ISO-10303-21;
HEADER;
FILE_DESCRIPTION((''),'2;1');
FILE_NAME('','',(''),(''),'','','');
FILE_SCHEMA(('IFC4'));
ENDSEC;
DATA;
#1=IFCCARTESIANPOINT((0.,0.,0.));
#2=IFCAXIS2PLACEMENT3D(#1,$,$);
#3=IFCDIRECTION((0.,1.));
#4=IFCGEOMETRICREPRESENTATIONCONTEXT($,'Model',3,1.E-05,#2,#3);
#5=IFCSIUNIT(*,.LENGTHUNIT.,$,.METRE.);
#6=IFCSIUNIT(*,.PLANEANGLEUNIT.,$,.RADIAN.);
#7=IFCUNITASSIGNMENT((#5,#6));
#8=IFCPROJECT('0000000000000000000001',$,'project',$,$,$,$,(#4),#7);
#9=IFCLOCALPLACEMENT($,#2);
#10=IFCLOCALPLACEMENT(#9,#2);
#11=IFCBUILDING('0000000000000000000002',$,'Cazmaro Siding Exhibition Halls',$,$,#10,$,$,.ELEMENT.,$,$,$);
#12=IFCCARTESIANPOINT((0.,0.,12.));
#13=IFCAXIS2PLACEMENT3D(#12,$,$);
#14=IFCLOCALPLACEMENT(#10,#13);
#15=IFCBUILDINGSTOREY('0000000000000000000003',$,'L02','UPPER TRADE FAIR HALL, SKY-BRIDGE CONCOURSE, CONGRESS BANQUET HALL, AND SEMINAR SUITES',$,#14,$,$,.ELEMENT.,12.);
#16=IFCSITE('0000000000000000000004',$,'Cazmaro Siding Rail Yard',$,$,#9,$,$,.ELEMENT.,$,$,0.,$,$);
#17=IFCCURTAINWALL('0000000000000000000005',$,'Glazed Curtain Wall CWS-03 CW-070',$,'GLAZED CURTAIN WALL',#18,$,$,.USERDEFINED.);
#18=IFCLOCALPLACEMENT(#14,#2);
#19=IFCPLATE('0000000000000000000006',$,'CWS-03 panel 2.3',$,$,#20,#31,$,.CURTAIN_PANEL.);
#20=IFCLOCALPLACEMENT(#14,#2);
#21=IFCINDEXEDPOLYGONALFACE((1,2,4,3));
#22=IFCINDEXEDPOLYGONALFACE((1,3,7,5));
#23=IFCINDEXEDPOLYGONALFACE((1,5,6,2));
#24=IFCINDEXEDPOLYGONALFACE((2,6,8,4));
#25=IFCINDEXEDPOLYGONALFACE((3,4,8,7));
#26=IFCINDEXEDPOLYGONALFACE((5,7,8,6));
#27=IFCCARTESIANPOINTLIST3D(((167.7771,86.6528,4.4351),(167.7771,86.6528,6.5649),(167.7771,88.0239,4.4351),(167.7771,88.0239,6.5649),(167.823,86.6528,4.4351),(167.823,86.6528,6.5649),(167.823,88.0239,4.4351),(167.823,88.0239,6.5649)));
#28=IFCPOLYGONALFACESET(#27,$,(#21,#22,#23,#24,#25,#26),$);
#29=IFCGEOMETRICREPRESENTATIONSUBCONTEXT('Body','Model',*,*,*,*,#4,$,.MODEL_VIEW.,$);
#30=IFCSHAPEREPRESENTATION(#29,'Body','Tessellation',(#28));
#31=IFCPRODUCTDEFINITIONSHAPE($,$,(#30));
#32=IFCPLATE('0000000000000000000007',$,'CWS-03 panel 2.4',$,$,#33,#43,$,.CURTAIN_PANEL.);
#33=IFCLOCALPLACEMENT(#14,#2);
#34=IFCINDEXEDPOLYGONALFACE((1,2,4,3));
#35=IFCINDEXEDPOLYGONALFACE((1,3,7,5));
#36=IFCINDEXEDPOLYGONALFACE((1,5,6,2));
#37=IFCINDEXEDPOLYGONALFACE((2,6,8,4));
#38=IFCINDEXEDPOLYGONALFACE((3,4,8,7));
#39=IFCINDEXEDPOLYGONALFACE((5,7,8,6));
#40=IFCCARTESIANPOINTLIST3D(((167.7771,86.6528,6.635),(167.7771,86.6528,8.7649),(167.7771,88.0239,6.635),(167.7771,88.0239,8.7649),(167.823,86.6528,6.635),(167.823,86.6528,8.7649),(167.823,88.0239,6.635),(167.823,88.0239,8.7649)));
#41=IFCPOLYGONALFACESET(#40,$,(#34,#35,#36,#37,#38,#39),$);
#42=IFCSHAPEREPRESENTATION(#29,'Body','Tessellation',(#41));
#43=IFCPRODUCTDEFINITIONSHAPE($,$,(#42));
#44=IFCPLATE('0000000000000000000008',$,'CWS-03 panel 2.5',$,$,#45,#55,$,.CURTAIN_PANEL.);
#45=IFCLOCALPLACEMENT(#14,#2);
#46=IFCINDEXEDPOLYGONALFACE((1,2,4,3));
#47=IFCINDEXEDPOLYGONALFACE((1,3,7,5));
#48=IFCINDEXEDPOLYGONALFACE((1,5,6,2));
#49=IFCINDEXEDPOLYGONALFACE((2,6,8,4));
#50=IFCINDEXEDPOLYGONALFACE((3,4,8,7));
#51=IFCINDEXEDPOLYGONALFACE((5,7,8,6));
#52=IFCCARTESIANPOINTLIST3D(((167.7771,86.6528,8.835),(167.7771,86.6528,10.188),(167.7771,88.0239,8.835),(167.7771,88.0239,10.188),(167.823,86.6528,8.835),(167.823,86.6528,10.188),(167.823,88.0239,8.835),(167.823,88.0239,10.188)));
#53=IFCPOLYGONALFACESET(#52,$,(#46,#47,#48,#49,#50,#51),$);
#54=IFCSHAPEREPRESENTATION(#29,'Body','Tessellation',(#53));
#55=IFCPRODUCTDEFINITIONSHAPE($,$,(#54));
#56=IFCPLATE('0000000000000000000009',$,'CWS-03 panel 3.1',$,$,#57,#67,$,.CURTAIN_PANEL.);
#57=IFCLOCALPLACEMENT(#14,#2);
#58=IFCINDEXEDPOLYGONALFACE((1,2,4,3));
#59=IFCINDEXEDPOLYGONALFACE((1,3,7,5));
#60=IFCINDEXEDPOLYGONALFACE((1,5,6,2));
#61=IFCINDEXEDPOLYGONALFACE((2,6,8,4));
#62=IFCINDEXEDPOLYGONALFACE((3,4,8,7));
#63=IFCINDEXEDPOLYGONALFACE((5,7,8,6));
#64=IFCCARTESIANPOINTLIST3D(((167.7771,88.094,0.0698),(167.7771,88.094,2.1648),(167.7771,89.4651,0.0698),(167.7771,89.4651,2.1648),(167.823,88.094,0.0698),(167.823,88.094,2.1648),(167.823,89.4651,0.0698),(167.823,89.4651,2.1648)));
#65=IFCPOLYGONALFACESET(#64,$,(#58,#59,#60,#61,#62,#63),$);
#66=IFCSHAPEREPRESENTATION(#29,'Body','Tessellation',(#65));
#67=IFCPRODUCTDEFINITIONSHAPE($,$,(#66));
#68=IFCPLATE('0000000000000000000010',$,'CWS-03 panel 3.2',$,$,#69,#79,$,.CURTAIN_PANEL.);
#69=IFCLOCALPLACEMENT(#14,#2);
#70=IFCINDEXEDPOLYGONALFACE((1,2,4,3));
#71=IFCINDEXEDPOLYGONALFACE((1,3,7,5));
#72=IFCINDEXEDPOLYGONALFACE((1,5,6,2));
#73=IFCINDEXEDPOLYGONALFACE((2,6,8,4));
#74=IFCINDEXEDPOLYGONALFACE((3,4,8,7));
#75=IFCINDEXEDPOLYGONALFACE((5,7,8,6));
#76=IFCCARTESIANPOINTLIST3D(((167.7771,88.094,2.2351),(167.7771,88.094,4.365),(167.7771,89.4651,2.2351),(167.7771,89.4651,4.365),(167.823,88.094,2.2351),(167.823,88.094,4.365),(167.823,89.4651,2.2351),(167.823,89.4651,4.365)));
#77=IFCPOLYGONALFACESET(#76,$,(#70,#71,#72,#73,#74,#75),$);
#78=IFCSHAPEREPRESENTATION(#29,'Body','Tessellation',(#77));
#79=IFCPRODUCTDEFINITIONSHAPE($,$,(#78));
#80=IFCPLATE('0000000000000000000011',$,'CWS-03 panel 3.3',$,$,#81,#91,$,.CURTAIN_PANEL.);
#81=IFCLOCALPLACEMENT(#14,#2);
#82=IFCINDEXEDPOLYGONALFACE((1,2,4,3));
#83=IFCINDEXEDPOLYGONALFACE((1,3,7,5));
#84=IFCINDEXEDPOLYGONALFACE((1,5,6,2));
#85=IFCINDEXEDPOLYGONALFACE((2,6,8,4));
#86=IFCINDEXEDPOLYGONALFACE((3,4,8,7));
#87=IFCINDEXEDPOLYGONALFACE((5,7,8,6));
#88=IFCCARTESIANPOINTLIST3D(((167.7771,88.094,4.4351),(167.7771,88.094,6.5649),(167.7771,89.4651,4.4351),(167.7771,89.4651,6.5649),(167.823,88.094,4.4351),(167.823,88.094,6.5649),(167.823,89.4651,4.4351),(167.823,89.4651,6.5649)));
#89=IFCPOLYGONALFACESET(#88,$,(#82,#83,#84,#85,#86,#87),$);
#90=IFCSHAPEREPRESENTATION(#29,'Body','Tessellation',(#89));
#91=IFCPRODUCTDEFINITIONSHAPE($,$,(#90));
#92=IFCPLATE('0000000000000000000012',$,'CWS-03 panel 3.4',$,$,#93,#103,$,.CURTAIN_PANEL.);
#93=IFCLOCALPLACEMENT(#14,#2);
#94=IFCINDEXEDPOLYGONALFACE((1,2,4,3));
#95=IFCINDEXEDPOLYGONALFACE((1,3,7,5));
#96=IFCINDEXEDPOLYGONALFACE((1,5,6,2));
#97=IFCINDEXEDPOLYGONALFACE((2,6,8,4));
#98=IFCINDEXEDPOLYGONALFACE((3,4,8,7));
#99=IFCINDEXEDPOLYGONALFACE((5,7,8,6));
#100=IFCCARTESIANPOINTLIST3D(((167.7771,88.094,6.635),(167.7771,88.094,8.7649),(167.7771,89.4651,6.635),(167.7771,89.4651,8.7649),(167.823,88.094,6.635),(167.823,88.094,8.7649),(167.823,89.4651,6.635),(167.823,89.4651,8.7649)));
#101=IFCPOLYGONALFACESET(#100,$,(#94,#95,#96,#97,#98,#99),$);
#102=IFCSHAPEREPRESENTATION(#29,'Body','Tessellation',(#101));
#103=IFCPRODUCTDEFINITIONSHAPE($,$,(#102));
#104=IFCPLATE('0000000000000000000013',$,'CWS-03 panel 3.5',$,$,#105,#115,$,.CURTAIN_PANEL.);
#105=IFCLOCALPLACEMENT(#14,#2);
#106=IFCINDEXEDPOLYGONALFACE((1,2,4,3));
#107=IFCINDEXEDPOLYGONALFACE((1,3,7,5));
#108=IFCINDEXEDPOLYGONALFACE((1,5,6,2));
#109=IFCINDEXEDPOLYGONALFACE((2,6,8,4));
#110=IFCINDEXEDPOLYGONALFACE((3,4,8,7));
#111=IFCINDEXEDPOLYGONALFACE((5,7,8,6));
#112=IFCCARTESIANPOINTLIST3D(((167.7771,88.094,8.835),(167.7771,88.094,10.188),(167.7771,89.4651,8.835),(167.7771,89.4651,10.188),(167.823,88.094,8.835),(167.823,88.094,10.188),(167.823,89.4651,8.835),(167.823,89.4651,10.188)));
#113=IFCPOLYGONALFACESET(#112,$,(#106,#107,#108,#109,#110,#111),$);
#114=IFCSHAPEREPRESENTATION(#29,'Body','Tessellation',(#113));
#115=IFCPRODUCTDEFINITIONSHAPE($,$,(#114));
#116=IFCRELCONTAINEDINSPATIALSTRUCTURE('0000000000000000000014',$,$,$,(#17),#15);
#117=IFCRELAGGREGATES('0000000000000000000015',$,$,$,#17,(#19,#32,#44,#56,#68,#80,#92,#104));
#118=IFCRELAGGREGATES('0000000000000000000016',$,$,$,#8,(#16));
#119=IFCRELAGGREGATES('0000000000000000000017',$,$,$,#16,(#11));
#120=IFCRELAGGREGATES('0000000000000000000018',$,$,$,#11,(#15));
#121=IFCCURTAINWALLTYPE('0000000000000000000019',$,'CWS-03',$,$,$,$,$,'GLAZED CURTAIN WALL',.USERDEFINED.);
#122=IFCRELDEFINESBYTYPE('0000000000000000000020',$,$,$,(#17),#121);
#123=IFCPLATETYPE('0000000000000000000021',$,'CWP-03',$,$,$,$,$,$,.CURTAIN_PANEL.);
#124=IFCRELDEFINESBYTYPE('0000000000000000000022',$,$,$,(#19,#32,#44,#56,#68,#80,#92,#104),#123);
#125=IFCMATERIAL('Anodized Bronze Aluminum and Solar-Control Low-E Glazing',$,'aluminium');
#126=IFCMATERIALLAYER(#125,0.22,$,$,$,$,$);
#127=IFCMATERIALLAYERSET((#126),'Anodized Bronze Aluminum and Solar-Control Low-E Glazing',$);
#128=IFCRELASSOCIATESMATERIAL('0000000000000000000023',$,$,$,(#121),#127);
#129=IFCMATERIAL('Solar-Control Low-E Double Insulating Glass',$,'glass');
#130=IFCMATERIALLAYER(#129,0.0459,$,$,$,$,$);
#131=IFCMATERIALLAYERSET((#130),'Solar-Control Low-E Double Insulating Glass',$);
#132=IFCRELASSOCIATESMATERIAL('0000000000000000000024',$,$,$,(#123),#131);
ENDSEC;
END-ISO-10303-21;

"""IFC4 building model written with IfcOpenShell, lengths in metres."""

from ifc_helpers import new_model, si_unit, direction, frame, origin, origin_2d, place, context, subcontext, project, spatial, rectangle, extrude, material, layer, layer_set, type_object, element, aggregate, save


model = new_model("IFC4")

# Units and contexts
model_context = context("Model", 3, precision=1e-05, world=origin(), true_north=direction((0.0, 1.0)))
body_context = subcontext(model_context, "Body", "Model", "MODEL_VIEW")
ifc_project = project(units=[si_unit("LENGTHUNIT", "METRE"), si_unit("PLANEANGLEUNIT", "RADIAN")], contexts=[model_context])

# Site, building, storey
site_placement = place(None, origin())
site = spatial("IfcSite", under=ifc_project, at=site_placement, Name="Cazmaro Siding Rail Yard", CompositionType="ELEMENT", RefElevation=0.0)
building_placement = place(site_placement, origin())
building = spatial("IfcBuilding", under=site, at=building_placement, Name="Cazmaro Siding Exhibition Halls", CompositionType="ELEMENT")
storey_placement = place(building_placement, frame((0.0, 0.0, 12.0)))
storey = spatial("IfcBuildingStorey", under=building, at=storey_placement, Name="L02", Description="UPPER TRADE FAIR HALL, SKY-BRIDGE CONCOURSE, CONGRESS BANQUET HALL, AND SEMINAR SUITES", CompositionType="ELEMENT", Elevation=12.0)

# Curtain wall, plates
ifc_material_1 = material(Name="Anodized Bronze Aluminum and Solar-Control Low-E Glazing", Category="aluminium")
ifc_layer_1 = layer(ifc_material_1, 0.22)
ifc_layer_set_1 = layer_set([ifc_layer_1], Name="Anodized Bronze Aluminum and Solar-Control Low-E Glazing")
curtain_wall_type = type_object("IfcCurtainWallType", Name="CWS-03", ElementType="GLAZED CURTAIN WALL", PredefinedType="USERDEFINED", material=ifc_layer_set_1)
curtain_wall_placement = place(storey_placement, origin())
curtain_wall = element("IfcCurtainWall", 1, at=curtain_wall_placement, inside=storey, type_object=curtain_wall_type, Name="Glazed Curtain Wall CWS-03 CW-070", ObjectType="GLAZED CURTAIN WALL", PredefinedType="USERDEFINED")
ifc_material_2 = material(Name="Solar-Control Low-E Double Insulating Glass", Category="glass")
ifc_layer_2 = layer(ifc_material_2, 0.0459)
ifc_layer_set_2 = layer_set([ifc_layer_2], Name="Solar-Control Low-E Double Insulating Glass")
plate_type = type_object("IfcPlateType", Name="CWP-03", PredefinedType="CURTAIN_PANEL", material=ifc_layer_set_2)
plate_1_placement = place(storey_placement, frame((167.8, 87.3384, 4.4351), z_axis=(0.0, 0.0, 1.0), x_axis=(0.0, 1.0, 0.0)))
plate_1 = element("IfcPlate", 2, at=plate_1_placement, type_object=plate_type, Name="CWS-03 panel 2.3", PredefinedType="CURTAIN_PANEL", context=body_context, shape_type="SweptSolid", body=[
    extrude(rectangle(XDim=1.3711, YDim=0.0459, at=origin_2d()), origin(), (0.0, 0.0, 1.0), 2.1299),
])
plate_2_placement = place(storey_placement, frame((167.8, 87.3384, 6.635), z_axis=(0.0, 0.0, 1.0), x_axis=(0.0, 1.0, 0.0)))
plate_2 = element("IfcPlate", 3, at=plate_2_placement, type_object=plate_type, Name="CWS-03 panel 2.4", PredefinedType="CURTAIN_PANEL", context=body_context, shape_type="SweptSolid", body=[
    extrude(rectangle(XDim=1.3711, YDim=0.0459, at=origin_2d()), origin(), (0.0, 0.0, 1.0), 2.1299),
])
plate_3_placement = place(storey_placement, frame((167.8, 87.3384, 8.835), z_axis=(0.0, 0.0, 1.0), x_axis=(0.0, 1.0, 0.0)))
plate_3 = element("IfcPlate", 4, at=plate_3_placement, type_object=plate_type, Name="CWS-03 panel 2.5", PredefinedType="CURTAIN_PANEL", context=body_context, shape_type="SweptSolid", body=[
    extrude(rectangle(XDim=1.3711, YDim=0.0459, at=origin_2d()), origin(), (0.0, 0.0, 1.0), 1.353),
])
plate_4_placement = place(storey_placement, frame((167.8, 88.7795, 0.0698), z_axis=(0.0, 0.0, 1.0), x_axis=(0.0, 1.0, 0.0)))
plate_4 = element("IfcPlate", 5, at=plate_4_placement, type_object=plate_type, Name="CWS-03 panel 3.1", PredefinedType="CURTAIN_PANEL", context=body_context, shape_type="SweptSolid", body=[
    extrude(rectangle(XDim=1.3711, YDim=0.0459, at=origin_2d()), origin(), (0.0, 0.0, 1.0), 2.095),
])
plate_5_placement = place(storey_placement, frame((167.8, 88.7795, 2.2351), z_axis=(0.0, 0.0, 1.0), x_axis=(0.0, 1.0, 0.0)))
plate_5 = element("IfcPlate", 6, at=plate_5_placement, type_object=plate_type, Name="CWS-03 panel 3.2", PredefinedType="CURTAIN_PANEL", context=body_context, shape_type="SweptSolid", body=[
    extrude(rectangle(XDim=1.3711, YDim=0.0459, at=origin_2d()), origin(), (0.0, 0.0, 1.0), 2.1299),
])
plate_6_placement = place(storey_placement, frame((167.8, 88.7795, 4.4351), z_axis=(0.0, 0.0, 1.0), x_axis=(0.0, 1.0, 0.0)))
plate_6 = element("IfcPlate", 7, at=plate_6_placement, type_object=plate_type, Name="CWS-03 panel 3.3", PredefinedType="CURTAIN_PANEL", context=body_context, shape_type="SweptSolid", body=[
    extrude(rectangle(XDim=1.3711, YDim=0.0459, at=origin_2d()), origin(), (0.0, 0.0, 1.0), 2.1299),
])
plate_7_placement = place(storey_placement, frame((167.8, 88.7795, 6.635), z_axis=(0.0, 0.0, 1.0), x_axis=(0.0, 1.0, 0.0)))
plate_7 = element("IfcPlate", 8, at=plate_7_placement, type_object=plate_type, Name="CWS-03 panel 3.4", PredefinedType="CURTAIN_PANEL", context=body_context, shape_type="SweptSolid", body=[
    extrude(rectangle(XDim=1.3711, YDim=0.0459, at=origin_2d()), origin(), (0.0, 0.0, 1.0), 2.1299),
])
plate_8_placement = place(storey_placement, frame((167.8, 88.7795, 8.835), z_axis=(0.0, 0.0, 1.0), x_axis=(0.0, 1.0, 0.0)))
plate_8 = element("IfcPlate", 9, at=plate_8_placement, type_object=plate_type, Name="CWS-03 panel 3.5", PredefinedType="CURTAIN_PANEL", context=body_context, shape_type="SweptSolid", body=[
    extrude(rectangle(XDim=1.3711, YDim=0.0459, at=origin_2d()), origin(), (0.0, 0.0, 1.0), 1.353),
])
aggregate(curtain_wall, [plate_1, plate_2, plate_3, plate_4, plate_5, plate_6, plate_7, plate_8])

save(model, "model.ifc")
